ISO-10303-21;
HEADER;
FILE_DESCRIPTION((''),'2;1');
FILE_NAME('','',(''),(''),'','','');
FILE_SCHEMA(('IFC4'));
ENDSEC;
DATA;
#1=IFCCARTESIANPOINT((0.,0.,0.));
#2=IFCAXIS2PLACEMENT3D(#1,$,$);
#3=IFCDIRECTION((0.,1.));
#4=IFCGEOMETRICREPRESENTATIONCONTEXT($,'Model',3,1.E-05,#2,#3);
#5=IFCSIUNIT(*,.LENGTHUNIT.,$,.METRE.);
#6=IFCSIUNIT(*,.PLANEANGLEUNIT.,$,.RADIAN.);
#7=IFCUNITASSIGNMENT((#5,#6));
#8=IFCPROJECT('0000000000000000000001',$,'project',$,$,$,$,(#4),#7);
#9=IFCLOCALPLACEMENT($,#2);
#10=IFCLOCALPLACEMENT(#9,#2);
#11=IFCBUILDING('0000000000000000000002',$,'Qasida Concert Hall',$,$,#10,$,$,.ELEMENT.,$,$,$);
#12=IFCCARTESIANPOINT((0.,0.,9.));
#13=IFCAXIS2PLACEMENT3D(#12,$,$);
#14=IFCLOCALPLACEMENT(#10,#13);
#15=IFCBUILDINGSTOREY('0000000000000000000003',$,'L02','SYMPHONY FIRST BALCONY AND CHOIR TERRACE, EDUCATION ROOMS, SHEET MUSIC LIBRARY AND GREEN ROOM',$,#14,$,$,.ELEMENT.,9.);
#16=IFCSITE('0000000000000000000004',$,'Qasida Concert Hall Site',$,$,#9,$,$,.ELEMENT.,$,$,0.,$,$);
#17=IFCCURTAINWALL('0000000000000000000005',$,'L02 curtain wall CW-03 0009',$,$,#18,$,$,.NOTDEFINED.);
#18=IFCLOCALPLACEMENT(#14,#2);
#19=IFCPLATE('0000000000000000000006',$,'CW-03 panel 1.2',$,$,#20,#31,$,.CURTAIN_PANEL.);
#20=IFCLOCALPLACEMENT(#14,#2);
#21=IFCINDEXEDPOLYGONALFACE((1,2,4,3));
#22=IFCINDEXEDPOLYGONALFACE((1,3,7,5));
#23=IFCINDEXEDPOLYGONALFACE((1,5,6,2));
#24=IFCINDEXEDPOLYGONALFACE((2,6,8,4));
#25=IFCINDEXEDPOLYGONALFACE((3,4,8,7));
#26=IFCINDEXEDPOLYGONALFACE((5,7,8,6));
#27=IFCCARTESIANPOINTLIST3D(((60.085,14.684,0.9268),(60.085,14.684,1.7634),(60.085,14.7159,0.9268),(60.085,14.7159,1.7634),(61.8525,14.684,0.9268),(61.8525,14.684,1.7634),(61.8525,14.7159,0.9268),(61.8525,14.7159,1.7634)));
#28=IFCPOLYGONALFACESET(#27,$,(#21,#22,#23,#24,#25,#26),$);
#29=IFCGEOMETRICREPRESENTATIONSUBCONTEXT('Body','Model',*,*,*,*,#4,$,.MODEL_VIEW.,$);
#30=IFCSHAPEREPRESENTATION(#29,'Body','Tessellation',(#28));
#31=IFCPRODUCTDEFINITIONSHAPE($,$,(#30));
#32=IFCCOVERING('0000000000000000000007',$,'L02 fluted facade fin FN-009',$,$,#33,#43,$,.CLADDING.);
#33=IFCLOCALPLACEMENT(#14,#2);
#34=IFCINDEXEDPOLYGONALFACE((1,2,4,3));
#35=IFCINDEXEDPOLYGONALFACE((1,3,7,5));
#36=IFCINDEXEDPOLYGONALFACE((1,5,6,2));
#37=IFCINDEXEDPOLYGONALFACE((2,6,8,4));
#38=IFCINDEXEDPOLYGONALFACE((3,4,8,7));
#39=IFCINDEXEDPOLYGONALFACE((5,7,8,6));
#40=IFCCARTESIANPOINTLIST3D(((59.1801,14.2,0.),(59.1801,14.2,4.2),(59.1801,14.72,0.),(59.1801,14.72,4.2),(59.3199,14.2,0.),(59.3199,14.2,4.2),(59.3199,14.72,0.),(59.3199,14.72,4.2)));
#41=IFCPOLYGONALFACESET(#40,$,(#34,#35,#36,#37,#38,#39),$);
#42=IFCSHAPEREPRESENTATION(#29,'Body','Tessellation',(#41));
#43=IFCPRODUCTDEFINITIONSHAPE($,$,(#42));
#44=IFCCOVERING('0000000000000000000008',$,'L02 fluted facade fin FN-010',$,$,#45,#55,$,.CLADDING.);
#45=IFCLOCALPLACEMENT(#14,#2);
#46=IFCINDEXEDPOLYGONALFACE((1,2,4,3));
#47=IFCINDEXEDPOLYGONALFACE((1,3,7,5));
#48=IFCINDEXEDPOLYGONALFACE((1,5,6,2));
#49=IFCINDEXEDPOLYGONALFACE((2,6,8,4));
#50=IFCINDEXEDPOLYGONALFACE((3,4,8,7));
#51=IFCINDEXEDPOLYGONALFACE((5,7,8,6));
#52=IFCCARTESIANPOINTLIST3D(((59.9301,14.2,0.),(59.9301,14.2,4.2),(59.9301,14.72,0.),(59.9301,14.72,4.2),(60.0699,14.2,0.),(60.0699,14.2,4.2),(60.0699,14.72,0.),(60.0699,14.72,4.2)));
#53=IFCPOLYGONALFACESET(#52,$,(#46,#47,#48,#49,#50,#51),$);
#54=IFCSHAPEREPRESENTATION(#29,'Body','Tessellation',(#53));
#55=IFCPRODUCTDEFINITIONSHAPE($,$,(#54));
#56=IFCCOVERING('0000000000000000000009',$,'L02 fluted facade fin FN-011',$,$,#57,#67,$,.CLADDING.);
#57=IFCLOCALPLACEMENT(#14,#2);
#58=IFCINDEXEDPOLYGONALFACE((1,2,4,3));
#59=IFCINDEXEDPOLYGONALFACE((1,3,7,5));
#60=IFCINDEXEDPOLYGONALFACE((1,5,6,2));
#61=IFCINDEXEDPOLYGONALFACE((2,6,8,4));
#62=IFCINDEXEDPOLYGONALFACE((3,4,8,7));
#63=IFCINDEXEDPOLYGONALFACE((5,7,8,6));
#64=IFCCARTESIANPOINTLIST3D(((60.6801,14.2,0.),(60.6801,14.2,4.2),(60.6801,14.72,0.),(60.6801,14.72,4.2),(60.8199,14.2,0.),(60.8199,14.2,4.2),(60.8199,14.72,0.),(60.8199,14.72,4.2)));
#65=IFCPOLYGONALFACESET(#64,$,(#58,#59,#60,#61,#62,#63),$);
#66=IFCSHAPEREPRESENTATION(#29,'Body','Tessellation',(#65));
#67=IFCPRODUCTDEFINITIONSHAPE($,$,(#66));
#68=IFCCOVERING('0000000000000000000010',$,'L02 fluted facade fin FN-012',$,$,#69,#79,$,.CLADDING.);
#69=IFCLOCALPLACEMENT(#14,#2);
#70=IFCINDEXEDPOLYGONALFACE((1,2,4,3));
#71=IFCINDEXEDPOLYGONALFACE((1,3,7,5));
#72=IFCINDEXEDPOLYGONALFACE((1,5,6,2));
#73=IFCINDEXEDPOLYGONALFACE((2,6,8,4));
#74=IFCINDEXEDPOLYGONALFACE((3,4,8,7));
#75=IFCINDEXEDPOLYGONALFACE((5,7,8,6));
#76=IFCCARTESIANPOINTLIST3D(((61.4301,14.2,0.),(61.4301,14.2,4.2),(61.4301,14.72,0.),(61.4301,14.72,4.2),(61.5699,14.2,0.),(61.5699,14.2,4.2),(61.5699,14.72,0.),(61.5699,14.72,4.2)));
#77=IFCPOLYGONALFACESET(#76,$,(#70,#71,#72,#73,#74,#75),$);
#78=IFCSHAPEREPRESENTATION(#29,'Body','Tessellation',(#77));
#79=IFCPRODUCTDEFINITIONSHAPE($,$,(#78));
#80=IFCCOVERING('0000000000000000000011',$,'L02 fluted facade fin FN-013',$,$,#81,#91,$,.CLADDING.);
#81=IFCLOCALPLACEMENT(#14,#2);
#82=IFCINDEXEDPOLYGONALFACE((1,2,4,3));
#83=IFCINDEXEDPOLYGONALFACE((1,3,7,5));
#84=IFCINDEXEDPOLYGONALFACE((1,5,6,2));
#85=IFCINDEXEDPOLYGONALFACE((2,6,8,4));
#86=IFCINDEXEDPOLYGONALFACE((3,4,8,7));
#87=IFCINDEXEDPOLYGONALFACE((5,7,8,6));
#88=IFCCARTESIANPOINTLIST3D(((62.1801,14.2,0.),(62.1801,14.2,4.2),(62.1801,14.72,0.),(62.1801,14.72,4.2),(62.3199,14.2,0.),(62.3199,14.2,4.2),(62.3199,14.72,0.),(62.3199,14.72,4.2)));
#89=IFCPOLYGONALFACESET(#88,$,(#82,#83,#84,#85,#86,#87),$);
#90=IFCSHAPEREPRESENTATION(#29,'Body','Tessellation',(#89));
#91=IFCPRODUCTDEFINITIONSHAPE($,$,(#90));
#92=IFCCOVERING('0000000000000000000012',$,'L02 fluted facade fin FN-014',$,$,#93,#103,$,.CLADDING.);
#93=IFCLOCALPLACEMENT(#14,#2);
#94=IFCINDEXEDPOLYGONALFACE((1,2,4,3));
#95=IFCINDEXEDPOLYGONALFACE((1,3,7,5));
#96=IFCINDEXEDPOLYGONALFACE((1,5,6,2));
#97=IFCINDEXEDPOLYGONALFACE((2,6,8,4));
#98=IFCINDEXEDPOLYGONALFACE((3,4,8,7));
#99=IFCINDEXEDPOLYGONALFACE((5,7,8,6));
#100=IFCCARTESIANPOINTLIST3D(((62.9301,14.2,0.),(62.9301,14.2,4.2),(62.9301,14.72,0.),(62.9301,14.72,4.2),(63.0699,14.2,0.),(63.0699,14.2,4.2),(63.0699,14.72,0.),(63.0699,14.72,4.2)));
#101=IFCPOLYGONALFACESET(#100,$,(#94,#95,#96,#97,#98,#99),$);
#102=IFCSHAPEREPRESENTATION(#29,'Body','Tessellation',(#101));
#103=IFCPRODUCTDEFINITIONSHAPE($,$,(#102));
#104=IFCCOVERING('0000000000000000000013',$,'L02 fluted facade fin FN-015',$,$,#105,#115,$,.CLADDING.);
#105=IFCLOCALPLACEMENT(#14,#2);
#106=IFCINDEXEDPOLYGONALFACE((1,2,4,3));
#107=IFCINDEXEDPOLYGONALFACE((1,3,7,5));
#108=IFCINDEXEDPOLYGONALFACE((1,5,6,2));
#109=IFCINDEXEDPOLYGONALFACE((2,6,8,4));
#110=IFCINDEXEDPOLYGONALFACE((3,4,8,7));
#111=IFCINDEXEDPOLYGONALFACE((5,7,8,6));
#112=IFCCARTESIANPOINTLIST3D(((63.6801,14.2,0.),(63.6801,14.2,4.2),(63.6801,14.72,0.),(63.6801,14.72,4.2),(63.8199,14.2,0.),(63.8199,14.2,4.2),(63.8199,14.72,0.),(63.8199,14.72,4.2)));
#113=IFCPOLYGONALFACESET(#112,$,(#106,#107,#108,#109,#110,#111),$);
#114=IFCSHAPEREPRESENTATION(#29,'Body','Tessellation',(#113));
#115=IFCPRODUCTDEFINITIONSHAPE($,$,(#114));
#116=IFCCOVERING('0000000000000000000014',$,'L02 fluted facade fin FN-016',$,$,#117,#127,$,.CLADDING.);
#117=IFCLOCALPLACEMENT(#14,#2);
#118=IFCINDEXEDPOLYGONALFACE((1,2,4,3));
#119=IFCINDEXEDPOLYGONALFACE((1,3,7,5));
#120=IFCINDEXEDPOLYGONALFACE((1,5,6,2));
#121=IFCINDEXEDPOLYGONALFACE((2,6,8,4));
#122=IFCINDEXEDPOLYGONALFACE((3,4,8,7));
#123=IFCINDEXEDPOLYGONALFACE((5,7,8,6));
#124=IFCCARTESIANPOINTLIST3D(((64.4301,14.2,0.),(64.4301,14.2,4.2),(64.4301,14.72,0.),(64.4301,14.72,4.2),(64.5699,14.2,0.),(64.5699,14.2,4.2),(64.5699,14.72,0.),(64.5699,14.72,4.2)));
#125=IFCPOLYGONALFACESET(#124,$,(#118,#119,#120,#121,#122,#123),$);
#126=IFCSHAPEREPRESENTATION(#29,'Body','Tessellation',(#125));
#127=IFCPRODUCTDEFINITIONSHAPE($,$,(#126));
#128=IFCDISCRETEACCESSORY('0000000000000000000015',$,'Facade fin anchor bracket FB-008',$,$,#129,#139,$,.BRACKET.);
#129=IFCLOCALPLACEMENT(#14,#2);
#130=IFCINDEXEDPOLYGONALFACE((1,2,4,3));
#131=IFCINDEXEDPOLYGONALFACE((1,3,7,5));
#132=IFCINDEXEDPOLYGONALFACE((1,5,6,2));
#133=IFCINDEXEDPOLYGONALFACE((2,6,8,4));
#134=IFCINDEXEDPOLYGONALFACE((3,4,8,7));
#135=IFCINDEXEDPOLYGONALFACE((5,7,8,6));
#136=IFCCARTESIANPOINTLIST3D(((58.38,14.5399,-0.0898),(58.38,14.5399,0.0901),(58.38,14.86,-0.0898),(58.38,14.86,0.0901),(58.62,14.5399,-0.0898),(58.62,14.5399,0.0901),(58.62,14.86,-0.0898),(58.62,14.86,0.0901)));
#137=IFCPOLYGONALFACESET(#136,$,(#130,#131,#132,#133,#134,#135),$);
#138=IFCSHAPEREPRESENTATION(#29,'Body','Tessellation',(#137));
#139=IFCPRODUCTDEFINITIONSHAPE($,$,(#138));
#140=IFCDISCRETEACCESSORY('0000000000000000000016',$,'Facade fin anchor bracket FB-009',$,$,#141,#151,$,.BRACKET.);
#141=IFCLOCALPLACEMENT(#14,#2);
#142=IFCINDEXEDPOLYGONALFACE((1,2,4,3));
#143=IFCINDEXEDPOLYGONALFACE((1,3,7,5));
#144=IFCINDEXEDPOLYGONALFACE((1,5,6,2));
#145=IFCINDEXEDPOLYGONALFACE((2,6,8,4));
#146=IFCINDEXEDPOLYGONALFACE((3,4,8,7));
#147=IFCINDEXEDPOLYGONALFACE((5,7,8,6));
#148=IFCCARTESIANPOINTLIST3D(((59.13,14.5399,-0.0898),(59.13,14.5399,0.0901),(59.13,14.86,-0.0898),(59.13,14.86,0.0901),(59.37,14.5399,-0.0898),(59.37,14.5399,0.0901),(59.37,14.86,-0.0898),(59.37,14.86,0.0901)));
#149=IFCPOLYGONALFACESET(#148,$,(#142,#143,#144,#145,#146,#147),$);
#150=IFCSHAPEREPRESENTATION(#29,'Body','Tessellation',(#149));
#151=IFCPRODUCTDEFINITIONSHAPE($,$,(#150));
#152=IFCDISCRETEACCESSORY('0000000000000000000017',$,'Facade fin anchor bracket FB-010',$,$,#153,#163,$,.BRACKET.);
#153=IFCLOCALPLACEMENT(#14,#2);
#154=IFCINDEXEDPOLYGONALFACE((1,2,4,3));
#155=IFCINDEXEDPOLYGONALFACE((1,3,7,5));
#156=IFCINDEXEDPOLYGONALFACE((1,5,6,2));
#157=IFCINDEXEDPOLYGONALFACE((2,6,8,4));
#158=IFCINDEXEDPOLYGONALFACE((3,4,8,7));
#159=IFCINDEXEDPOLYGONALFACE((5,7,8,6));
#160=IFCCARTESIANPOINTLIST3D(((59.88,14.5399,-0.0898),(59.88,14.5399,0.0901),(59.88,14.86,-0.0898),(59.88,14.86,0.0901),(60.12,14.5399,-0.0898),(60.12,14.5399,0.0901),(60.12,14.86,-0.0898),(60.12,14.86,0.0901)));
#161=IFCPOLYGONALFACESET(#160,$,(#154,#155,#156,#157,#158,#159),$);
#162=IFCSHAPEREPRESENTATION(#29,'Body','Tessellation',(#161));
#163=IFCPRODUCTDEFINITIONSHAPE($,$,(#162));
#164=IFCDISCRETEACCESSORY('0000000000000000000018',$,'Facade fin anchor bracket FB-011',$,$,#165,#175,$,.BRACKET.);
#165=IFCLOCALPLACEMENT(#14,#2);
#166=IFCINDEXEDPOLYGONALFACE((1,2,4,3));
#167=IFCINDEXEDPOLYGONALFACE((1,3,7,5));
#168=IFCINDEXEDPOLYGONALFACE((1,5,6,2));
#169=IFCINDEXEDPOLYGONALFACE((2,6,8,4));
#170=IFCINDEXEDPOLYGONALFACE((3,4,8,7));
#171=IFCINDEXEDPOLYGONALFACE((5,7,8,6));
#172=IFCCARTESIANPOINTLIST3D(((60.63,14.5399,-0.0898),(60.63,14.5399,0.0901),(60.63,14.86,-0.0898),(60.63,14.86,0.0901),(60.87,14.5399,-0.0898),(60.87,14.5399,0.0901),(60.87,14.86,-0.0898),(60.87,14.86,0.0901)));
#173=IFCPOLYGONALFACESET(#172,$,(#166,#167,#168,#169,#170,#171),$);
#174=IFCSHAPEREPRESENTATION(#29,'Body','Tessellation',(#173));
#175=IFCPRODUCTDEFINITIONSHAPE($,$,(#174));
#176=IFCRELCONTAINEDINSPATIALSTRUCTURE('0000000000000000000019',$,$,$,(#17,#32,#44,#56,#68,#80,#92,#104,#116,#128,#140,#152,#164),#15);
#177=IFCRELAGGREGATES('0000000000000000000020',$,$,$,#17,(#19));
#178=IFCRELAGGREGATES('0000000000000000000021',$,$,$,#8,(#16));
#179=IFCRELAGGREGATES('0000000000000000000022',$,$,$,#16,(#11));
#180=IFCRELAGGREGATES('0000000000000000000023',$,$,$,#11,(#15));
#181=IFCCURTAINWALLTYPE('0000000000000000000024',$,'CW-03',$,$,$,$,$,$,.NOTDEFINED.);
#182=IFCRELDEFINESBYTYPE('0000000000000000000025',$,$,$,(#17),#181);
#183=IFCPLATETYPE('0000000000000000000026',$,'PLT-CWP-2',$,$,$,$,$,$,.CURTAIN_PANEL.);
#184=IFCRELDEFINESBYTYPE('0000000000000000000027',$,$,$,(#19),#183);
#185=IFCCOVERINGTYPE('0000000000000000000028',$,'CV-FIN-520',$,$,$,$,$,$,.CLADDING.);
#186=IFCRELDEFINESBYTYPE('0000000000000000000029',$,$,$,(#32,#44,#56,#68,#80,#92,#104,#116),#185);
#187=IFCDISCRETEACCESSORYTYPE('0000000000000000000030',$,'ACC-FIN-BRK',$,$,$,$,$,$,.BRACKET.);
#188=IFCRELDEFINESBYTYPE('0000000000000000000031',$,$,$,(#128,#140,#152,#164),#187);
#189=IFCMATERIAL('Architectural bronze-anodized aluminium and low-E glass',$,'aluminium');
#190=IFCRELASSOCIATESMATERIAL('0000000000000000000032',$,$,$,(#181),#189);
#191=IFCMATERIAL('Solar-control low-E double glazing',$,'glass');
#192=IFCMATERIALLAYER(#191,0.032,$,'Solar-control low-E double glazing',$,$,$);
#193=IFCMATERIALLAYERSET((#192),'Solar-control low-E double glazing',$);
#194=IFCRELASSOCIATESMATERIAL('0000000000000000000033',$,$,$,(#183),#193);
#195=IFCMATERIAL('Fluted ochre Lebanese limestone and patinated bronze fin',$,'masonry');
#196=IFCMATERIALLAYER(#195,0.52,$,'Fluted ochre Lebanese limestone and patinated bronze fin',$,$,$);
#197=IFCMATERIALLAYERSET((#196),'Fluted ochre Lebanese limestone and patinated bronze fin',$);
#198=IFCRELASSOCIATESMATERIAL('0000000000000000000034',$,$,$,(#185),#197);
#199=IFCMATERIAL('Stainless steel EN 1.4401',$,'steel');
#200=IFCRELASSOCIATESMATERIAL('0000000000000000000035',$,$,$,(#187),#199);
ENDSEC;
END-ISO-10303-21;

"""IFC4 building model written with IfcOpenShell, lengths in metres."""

from ifc_helpers import new_model, si_unit, direction, frame, origin, origin_2d, place, context, subcontext, project, spatial, rectangle, extrude, material, layer, layer_set, type_object, element, aggregate, save


model = new_model("IFC4")

# Units and contexts
model_context = context("Model", 3, precision=1e-05, world=origin(), true_north=direction((0.0, 1.0)))
body_context = subcontext(model_context, "Body", "Model", "MODEL_VIEW")
ifc_project = project(units=[si_unit("LENGTHUNIT", "METRE"), si_unit("PLANEANGLEUNIT", "RADIAN")], contexts=[model_context])

# Site, building, storey
site_placement = place(None, origin())
site = spatial("IfcSite", under=ifc_project, at=site_placement, Name="Qasida Concert Hall Site", CompositionType="ELEMENT", RefElevation=0.0)
building_placement = place(site_placement, origin())
building = spatial("IfcBuilding", under=site, at=building_placement, Name="Qasida Concert Hall", CompositionType="ELEMENT")
storey_placement = place(building_placement, frame((0.0, 0.0, 9.0)))
storey = spatial("IfcBuildingStorey", under=building, at=storey_placement, Name="L02", Description="SYMPHONY FIRST BALCONY AND CHOIR TERRACE, EDUCATION ROOMS, SHEET MUSIC LIBRARY AND GREEN ROOM", CompositionType="ELEMENT", Elevation=9.0)

# Shared definitions
ifc_material_1 = material(Name="Architectural bronze-anodized aluminium and low-E glass", Category="aluminium")
curtain_wall_type = type_object("IfcCurtainWallType", Name="CW-03", PredefinedType="NOTDEFINED", material=ifc_material_1)

# Curtain wall
curtain_wall_1_placement = place(storey_placement, origin())
curtain_wall_1 = element("IfcCurtainWall", 1, at=curtain_wall_1_placement, inside=storey, type_object=curtain_wall_type, Name="L02 curtain wall CW-03 0009", PredefinedType="NOTDEFINED")

# Plate
ifc_material_2 = material(Name="Solar-control low-E double glazing", Category="glass")
ifc_layer_1 = layer(ifc_material_2, 0.032, Name="Solar-control low-E double glazing")
ifc_layer_set_1 = layer_set([ifc_layer_1], Name="Solar-control low-E double glazing")
plate_type = type_object("IfcPlateType", Name="PLT-CWP-2", PredefinedType="CURTAIN_PANEL", material=ifc_layer_set_1)
plate_1_placement = place(storey_placement, frame((60.9688, 14.7, 0.9268), z_axis=(0.0, 0.0, 1.0), x_axis=(1.0, 0.0, 0.0)))
plate_1 = element("IfcPlate", 2, at=plate_1_placement, type_object=plate_type, Name="CW-03 panel 1.2", PredefinedType="CURTAIN_PANEL", context=body_context, shape_type="SweptSolid", body=[
    extrude(rectangle(XDim=1.7676, YDim=0.032, at=origin_2d()), origin(), (0.0, 0.0, 1.0), 0.8367),
])
aggregate(curtain_wall_1, [plate_1])

# Coverings
ifc_material_3 = material(Name="Fluted ochre Lebanese limestone and patinated bronze fin", Category="masonry")
ifc_layer_2 = layer(ifc_material_3, 0.52, Name="Fluted ochre Lebanese limestone and patinated bronze fin")
ifc_layer_set_2 = layer_set([ifc_layer_2], Name="Fluted ochre Lebanese limestone and patinated bronze fin")
covering_type = type_object("IfcCoveringType", Name="CV-FIN-520", PredefinedType="CLADDING", material=ifc_layer_set_2)
for number, where, z_axis, x_axis, name in (
    (3, (59.25, 14.46, 0.0), (0.0, 0.0, 1.0), (1.0, 0.0, 0.0), "L02 fluted facade fin FN-009"),
    (4, (60.0, 14.46, 0.0), (0.0, 0.0, 1.0), (1.0, 0.0, 0.0), "L02 fluted facade fin FN-010"),
    (5, (60.75, 14.46, 0.0), (0.0, 0.0, 1.0), (1.0, 0.0, 0.0), "L02 fluted facade fin FN-011"),
    (6, (61.5, 14.46, 0.0), (0.0, 0.0, 1.0), (1.0, 0.0, 0.0), "L02 fluted facade fin FN-012"),
    (7, (62.25, 14.46, 0.0), (0.0, 0.0, 1.0), (1.0, 0.0, 0.0), "L02 fluted facade fin FN-013"),
    (8, (63.0, 14.46, 0.0), (0.0, 0.0, 1.0), (1.0, 0.0, 0.0), "L02 fluted facade fin FN-014"),
    (9, (63.75, 14.46, 0.0), (0.0, 0.0, 1.0), (1.0, 0.0, 0.0), "L02 fluted facade fin FN-015"),
    (10, (64.5, 14.46, 0.0), (0.0, 0.0, 1.0), (1.0, 0.0, 0.0), "L02 fluted facade fin FN-016"),
):
    element("IfcCovering", number, at=place(storey_placement, frame(where, z_axis=z_axis, x_axis=x_axis)), inside=storey, type_object=covering_type, Name=name, PredefinedType="CLADDING", context=body_context, shape_type="SweptSolid", body=[
        extrude(rectangle(XDim=0.1399, YDim=0.52, at=origin_2d()), origin(), (0.0, 0.0, 1.0), 4.2),
    ])

# Discrete accessories
ifc_material_4 = material(Name="Stainless steel EN 1.4401", Category="steel")
discrete_accessory_type = type_object("IfcDiscreteAccessoryType", Name="ACC-FIN-BRK", PredefinedType="BRACKET", material=ifc_material_4)
for number, where, z_axis, x_axis, name in (
    (11, (58.5, 14.7, -0.0898), (0.0, 0.0, 1.0), (1.0, 0.0, 0.0), "Facade fin anchor bracket FB-008"),
    (12, (59.25, 14.7, -0.0898), (0.0, 0.0, 1.0), (1.0, 0.0, 0.0), "Facade fin anchor bracket FB-009"),
    (13, (60.0, 14.7, -0.0898), (0.0, 0.0, 1.0), (1.0, 0.0, 0.0), "Facade fin anchor bracket FB-010"),
    (14, (60.75, 14.7, -0.0898), (0.0, 0.0, 1.0), (1.0, 0.0, 0.0), "Facade fin anchor bracket FB-011"),
):
    element("IfcDiscreteAccessory", number, at=place(storey_placement, frame(where, z_axis=z_axis, x_axis=x_axis)), inside=storey, type_object=discrete_accessory_type, Name=name, PredefinedType="BRACKET", context=body_context, shape_type="SweptSolid", body=[
        extrude(rectangle(XDim=0.24, YDim=0.3201, at=origin_2d()), origin(), (0.0, 0.0, 1.0), 0.1799),
    ])

save(model, "model.ifc")
